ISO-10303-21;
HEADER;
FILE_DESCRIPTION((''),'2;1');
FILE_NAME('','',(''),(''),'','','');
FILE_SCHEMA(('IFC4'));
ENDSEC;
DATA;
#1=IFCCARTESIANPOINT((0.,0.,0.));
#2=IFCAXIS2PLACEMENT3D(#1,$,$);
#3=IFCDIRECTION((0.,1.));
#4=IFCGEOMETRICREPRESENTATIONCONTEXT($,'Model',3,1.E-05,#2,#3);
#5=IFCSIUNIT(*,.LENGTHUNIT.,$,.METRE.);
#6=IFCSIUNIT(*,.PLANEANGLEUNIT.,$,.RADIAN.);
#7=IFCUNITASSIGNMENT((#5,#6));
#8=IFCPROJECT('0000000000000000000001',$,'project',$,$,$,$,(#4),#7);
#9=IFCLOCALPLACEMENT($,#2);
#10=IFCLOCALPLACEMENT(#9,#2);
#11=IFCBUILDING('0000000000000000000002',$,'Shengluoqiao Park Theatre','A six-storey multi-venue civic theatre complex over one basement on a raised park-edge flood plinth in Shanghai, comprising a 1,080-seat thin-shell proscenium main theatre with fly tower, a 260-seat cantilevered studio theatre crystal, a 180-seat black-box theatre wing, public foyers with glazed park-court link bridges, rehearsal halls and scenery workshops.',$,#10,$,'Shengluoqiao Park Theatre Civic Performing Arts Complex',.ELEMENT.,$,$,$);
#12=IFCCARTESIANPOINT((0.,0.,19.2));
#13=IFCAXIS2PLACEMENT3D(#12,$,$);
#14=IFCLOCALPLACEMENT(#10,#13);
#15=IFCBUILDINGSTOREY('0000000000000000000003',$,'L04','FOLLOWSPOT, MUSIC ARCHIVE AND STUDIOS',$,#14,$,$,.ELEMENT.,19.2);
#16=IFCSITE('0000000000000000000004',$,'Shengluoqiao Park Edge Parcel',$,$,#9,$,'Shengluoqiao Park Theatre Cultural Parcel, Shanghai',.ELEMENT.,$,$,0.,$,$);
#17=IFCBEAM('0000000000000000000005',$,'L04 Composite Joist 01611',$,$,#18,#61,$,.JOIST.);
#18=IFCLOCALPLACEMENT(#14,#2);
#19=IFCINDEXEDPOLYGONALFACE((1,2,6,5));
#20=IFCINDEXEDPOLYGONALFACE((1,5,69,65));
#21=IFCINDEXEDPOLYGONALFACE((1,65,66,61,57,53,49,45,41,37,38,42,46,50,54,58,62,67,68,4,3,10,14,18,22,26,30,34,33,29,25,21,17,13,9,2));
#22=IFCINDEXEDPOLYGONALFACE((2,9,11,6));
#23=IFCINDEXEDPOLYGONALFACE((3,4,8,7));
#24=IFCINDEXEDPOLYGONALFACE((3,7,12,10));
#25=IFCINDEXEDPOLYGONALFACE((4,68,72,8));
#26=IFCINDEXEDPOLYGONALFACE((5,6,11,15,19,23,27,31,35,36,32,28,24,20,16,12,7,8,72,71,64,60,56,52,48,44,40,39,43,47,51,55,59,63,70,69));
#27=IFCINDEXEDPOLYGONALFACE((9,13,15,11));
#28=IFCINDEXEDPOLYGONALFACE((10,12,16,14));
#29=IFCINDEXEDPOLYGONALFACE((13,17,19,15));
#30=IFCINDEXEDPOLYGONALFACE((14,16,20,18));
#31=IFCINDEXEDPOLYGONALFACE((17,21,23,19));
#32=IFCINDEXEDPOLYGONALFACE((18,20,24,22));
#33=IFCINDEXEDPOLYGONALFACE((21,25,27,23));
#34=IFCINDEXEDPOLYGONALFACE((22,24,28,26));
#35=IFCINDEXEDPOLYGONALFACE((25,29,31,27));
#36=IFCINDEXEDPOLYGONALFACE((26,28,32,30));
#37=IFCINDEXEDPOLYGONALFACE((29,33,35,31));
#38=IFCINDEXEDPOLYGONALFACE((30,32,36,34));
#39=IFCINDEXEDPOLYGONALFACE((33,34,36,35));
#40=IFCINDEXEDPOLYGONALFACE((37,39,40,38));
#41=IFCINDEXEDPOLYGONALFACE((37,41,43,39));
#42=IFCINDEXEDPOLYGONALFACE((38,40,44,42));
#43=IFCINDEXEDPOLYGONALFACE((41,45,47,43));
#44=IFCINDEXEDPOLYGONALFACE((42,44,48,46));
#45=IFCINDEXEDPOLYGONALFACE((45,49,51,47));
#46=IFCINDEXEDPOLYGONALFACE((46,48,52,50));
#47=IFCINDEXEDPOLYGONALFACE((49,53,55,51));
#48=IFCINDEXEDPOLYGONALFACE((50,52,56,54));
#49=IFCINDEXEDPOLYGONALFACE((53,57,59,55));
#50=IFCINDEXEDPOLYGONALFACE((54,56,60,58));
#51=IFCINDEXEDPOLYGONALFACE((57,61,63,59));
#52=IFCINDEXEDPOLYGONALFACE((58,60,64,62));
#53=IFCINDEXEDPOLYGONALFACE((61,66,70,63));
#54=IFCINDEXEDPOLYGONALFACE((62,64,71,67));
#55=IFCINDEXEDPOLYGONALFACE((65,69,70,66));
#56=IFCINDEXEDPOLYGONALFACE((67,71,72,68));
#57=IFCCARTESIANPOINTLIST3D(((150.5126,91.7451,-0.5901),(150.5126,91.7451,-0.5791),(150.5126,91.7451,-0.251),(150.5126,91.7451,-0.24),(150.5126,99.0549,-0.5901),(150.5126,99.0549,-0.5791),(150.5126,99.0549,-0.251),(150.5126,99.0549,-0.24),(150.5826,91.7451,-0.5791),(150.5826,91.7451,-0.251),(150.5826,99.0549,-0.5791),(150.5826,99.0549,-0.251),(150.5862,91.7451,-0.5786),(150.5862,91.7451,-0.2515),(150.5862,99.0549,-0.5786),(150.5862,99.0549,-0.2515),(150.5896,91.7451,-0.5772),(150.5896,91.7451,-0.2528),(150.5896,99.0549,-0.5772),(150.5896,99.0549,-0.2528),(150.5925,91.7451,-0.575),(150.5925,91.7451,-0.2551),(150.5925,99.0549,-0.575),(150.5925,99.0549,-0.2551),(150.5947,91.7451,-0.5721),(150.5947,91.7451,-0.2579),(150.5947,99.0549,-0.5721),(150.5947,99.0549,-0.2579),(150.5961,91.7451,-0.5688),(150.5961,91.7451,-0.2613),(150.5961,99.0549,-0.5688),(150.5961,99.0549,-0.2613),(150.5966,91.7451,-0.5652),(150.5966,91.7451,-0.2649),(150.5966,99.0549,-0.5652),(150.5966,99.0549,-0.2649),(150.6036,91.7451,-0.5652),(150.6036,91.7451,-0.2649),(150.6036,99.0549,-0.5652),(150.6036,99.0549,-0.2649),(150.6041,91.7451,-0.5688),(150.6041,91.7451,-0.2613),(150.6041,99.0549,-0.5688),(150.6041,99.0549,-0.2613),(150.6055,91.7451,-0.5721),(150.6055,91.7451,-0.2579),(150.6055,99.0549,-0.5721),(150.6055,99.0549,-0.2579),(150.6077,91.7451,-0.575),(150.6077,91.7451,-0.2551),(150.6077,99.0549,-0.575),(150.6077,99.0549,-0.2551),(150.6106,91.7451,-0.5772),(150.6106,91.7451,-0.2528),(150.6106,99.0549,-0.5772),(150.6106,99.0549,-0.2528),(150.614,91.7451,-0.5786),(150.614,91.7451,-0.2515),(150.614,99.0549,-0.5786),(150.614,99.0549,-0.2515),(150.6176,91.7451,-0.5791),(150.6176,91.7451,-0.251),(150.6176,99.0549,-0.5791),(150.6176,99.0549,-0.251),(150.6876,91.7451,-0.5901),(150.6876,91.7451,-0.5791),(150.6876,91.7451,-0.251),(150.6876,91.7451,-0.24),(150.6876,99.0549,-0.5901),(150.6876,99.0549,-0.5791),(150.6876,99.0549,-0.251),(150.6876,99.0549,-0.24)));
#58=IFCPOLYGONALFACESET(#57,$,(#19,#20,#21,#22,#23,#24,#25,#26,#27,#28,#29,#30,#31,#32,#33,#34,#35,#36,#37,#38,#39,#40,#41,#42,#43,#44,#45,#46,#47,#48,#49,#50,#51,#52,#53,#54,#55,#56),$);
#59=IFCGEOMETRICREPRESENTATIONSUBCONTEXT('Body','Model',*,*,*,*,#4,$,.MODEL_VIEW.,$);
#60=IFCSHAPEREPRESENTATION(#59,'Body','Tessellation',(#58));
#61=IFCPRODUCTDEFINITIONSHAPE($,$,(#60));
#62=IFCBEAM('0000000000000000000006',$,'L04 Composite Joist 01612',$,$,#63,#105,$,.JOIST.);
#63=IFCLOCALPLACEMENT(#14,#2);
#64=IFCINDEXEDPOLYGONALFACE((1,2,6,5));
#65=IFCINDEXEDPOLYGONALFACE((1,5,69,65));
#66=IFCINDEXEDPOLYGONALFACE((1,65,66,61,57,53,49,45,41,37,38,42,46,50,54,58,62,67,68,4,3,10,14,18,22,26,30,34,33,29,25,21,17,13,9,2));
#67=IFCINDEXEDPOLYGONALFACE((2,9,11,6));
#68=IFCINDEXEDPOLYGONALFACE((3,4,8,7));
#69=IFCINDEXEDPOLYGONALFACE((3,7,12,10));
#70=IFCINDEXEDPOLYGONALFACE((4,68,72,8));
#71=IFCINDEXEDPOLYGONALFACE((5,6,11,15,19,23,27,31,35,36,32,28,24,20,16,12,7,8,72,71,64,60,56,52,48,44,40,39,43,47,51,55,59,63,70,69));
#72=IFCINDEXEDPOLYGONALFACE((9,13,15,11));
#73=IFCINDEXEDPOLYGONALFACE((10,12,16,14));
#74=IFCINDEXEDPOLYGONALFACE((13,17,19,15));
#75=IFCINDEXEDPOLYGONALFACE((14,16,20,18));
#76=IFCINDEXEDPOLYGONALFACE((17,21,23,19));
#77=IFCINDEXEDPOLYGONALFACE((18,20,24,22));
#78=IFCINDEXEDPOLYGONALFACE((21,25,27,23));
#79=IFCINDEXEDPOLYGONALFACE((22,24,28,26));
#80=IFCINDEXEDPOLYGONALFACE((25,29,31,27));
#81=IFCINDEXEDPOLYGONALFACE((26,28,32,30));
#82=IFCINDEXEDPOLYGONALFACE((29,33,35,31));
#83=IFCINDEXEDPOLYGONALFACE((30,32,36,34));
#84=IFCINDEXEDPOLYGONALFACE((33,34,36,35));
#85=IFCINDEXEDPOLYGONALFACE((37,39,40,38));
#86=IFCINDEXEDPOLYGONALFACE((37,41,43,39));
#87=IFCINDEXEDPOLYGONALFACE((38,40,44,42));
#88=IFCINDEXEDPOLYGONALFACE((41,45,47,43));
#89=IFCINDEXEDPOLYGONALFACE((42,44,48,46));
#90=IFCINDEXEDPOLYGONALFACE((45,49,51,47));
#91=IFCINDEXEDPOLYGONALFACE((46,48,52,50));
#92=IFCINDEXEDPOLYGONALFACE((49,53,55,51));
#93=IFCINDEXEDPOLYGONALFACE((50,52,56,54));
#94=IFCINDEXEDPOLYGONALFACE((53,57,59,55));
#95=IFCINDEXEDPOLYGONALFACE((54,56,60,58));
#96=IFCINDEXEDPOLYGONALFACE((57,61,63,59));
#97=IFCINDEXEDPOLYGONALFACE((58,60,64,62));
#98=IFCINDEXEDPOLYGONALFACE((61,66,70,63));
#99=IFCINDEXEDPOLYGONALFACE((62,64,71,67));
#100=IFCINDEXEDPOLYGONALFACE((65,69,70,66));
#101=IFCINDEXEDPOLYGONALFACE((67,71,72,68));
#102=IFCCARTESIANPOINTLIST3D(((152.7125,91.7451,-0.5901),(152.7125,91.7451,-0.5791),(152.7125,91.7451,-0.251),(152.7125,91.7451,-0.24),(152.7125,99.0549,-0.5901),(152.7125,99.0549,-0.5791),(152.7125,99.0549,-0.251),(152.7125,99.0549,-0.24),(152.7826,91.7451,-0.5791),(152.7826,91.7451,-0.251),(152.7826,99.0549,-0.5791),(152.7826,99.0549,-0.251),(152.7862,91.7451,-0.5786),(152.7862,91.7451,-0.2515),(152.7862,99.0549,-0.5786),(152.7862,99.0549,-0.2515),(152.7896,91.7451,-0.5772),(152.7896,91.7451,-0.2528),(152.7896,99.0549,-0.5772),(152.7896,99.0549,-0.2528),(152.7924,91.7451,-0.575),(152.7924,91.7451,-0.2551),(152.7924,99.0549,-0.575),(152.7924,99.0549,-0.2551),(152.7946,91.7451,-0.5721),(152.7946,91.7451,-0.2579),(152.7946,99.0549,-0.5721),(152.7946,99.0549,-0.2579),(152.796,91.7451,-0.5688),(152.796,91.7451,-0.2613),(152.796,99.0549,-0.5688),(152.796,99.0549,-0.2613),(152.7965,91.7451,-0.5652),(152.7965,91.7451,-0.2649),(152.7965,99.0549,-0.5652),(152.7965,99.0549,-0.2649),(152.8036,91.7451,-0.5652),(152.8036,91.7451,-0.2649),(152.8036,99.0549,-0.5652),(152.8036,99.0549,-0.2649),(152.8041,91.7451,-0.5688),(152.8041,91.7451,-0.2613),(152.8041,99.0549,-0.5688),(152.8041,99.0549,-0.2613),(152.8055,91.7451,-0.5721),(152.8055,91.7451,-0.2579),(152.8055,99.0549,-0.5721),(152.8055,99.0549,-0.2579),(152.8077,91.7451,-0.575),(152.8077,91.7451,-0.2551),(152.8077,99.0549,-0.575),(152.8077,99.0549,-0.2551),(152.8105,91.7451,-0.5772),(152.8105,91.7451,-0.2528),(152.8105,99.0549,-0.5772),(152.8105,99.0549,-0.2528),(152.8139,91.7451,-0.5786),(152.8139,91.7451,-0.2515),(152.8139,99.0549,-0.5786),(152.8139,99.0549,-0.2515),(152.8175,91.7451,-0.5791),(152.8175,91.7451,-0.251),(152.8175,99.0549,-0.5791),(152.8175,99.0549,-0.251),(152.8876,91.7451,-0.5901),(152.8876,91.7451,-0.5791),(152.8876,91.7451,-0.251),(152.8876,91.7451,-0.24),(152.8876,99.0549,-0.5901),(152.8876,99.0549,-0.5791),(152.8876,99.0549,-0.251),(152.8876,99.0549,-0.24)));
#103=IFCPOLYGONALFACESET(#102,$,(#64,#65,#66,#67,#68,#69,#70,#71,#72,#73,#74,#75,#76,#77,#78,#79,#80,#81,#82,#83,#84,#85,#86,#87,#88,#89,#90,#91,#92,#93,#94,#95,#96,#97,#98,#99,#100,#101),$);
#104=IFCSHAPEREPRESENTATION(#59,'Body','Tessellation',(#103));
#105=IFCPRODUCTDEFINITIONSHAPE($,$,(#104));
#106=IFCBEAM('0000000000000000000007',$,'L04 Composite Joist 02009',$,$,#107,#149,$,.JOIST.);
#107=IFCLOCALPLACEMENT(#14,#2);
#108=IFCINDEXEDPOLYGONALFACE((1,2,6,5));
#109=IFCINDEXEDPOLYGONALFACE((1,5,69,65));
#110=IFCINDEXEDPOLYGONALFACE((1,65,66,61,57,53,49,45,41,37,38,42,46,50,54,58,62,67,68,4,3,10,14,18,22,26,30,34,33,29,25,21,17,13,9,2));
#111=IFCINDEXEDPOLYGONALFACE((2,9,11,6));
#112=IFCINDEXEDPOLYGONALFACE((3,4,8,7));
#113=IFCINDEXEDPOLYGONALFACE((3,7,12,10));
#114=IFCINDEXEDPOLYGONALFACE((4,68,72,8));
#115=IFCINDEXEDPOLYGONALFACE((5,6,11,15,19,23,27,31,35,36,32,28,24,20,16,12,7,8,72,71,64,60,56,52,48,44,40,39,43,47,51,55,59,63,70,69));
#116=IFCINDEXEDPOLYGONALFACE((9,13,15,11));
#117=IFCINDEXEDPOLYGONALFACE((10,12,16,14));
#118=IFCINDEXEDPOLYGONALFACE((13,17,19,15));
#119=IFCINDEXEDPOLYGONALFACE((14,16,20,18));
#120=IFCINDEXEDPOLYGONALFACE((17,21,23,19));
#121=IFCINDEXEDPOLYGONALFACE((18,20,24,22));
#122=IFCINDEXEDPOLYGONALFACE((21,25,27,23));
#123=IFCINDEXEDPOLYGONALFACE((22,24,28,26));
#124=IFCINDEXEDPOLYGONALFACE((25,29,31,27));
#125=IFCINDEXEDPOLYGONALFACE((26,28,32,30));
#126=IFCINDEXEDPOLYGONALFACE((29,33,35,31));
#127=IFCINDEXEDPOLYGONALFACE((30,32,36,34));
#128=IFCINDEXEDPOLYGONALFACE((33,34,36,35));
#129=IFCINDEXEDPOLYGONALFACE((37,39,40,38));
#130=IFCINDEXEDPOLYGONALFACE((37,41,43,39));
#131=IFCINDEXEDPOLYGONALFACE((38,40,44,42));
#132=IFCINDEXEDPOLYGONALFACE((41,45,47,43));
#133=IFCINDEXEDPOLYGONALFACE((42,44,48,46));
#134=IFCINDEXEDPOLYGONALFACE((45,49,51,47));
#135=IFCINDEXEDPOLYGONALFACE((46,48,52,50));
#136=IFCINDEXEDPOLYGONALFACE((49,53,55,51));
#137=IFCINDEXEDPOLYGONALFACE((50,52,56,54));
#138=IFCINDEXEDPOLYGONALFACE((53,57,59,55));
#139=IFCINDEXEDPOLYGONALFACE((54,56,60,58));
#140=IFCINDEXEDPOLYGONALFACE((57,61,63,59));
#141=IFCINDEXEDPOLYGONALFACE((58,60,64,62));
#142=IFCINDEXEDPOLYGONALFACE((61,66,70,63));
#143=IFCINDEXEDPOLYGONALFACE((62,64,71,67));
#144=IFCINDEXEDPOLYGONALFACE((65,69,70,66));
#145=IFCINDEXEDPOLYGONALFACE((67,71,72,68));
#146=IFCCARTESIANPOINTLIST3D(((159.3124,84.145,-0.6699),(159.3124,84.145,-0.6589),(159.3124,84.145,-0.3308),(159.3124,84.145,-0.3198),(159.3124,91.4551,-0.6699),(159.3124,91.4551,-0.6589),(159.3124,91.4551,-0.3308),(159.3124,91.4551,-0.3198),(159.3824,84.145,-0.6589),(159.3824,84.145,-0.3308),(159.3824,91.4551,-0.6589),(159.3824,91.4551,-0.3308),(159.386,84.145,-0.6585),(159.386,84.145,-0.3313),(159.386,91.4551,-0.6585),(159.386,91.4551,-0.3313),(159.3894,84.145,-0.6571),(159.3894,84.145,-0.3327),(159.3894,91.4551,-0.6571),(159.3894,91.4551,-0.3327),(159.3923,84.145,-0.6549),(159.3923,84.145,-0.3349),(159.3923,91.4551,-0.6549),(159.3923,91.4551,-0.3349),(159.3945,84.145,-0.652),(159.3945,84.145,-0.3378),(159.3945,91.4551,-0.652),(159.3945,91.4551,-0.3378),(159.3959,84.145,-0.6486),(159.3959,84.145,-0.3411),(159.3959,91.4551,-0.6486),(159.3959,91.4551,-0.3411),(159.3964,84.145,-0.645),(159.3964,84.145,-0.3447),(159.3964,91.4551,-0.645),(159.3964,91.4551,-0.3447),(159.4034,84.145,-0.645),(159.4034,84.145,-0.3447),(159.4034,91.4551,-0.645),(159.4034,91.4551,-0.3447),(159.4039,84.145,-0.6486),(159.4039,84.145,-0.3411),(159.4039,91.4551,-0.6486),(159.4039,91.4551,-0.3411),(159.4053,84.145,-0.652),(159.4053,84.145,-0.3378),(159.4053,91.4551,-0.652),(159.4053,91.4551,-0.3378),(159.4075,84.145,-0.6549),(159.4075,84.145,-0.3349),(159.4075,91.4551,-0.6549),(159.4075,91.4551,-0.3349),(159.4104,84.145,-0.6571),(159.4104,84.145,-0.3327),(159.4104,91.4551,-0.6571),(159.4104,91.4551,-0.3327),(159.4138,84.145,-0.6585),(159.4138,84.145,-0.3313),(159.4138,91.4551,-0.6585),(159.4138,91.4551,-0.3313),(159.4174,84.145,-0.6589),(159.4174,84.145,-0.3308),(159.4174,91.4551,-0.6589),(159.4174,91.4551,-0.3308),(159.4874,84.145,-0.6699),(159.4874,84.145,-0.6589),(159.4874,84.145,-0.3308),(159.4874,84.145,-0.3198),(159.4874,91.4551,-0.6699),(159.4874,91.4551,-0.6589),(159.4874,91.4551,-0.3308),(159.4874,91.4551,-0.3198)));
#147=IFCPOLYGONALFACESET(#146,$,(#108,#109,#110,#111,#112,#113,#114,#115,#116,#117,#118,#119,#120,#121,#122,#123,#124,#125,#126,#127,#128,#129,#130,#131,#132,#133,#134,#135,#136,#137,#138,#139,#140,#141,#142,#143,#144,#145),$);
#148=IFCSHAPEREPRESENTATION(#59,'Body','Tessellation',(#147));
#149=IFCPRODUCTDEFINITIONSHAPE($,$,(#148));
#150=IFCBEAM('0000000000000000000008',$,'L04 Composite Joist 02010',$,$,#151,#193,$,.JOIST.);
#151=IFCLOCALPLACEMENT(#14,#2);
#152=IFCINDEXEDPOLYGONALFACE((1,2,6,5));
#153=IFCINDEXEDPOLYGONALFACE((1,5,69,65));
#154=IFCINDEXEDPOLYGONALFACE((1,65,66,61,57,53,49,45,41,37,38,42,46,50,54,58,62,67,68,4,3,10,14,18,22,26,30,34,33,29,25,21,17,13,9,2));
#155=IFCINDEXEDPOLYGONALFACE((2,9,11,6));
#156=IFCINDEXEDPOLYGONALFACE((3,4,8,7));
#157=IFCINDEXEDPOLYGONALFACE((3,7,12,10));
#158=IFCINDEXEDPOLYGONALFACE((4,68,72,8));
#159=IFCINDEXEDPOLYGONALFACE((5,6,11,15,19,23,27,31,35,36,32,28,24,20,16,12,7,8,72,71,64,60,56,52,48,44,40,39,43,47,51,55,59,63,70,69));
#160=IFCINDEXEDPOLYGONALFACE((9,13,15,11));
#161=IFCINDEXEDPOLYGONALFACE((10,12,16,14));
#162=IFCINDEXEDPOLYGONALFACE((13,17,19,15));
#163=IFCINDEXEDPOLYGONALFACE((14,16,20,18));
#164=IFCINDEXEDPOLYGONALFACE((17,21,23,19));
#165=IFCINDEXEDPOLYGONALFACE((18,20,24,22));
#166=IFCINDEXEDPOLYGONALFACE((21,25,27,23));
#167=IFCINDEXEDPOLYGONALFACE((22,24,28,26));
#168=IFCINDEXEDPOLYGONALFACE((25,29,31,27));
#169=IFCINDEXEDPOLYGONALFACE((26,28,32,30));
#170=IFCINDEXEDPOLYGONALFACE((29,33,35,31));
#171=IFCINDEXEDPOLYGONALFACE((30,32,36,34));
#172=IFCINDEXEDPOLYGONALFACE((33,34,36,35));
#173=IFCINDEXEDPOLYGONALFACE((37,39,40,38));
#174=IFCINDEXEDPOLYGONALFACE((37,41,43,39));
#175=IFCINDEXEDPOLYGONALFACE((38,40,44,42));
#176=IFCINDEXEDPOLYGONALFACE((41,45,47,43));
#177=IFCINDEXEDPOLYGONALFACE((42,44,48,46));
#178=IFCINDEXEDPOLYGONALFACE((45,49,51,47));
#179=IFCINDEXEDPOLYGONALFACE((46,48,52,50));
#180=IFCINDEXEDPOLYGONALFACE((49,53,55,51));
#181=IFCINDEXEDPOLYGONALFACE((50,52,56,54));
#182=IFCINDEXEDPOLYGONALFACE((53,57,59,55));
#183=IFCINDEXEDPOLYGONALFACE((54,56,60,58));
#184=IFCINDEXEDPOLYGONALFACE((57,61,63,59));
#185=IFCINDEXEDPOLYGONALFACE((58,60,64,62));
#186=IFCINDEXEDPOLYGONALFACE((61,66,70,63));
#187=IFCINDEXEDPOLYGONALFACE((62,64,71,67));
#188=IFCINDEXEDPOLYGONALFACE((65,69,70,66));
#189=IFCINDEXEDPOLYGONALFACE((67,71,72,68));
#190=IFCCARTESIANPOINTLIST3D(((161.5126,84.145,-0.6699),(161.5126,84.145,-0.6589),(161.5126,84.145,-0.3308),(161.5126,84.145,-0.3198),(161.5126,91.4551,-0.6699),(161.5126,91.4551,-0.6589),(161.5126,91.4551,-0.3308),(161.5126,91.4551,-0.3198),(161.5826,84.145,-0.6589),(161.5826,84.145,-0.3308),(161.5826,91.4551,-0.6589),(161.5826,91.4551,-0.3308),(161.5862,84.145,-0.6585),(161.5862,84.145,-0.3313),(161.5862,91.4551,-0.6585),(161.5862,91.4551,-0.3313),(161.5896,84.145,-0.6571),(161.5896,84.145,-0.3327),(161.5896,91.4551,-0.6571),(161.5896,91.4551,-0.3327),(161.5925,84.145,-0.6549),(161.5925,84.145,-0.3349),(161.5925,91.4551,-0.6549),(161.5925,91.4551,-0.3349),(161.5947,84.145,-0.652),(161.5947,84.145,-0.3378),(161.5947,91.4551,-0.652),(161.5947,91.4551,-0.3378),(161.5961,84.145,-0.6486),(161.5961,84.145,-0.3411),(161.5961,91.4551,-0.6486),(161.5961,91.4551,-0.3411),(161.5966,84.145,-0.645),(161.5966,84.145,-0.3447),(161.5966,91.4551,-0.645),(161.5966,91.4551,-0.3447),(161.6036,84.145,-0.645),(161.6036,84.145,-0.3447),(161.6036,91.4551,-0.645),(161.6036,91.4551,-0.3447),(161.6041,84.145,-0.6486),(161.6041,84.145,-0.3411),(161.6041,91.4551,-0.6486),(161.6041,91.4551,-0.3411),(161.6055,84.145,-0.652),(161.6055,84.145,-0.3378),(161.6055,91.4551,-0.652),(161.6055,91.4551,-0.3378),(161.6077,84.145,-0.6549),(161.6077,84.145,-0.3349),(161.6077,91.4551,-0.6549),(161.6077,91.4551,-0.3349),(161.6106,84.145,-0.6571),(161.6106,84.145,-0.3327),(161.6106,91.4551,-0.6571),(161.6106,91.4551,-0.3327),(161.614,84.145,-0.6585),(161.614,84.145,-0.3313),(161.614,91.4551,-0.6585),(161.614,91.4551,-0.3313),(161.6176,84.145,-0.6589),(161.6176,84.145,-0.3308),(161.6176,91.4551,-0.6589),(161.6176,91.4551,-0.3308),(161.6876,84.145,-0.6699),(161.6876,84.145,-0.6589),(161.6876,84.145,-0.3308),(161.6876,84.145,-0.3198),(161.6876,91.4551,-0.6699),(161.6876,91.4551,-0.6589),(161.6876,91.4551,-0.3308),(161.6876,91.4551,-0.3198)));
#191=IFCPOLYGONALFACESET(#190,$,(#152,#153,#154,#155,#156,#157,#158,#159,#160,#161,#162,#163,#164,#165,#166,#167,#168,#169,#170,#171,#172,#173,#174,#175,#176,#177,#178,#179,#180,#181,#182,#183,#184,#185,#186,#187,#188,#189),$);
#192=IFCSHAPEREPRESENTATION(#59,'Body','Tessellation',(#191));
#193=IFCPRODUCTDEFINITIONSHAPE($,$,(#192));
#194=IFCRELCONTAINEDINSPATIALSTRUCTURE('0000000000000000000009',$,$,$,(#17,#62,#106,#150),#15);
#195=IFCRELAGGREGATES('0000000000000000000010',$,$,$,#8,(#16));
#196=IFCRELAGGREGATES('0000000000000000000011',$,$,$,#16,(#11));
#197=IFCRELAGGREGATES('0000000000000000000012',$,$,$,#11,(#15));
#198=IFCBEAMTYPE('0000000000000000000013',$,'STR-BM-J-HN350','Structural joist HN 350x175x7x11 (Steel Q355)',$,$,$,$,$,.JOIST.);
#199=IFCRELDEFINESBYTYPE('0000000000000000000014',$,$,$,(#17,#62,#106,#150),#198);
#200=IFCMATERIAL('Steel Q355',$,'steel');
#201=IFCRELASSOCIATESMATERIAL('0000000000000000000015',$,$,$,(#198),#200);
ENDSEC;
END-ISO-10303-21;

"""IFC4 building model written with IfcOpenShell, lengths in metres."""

from ifc_helpers import new_model, si_unit, direction, frame, origin, origin_2d, place, context, subcontext, project, spatial, i_section, extrude, material, material_profile, profile_set, type_object, element, save


model = new_model("IFC4")

# Units and contexts
model_context = context("Model", 3, precision=1e-05, world=origin(), true_north=direction((0.0, 1.0)))
body_context = subcontext(model_context, "Body", "Model", "MODEL_VIEW")
ifc_project = project(units=[si_unit("LENGTHUNIT", "METRE"), si_unit("PLANEANGLEUNIT", "RADIAN")], contexts=[model_context])

# Site, building, storey
site_placement = place(None, origin())
site = spatial("IfcSite", under=ifc_project, at=site_placement, Name="Shengluoqiao Park Edge Parcel", LongName="Shengluoqiao Park Theatre Cultural Parcel, Shanghai", CompositionType="ELEMENT", RefElevation=0.0)
building_placement = place(site_placement, origin())
building = spatial("IfcBuilding", under=site, at=building_placement, Name="Shengluoqiao Park Theatre", Description="A six-storey multi-venue civic theatre complex over one basement on a raised park-edge flood plinth in Shanghai, comprising a 1,080-seat thin-shell proscenium main theatre with fly tower, a 260-seat cantilevered studio theatre crystal, a 180-seat black-box theatre wing, public foyers with glazed park-court link bridges, rehearsal halls and scenery workshops.", LongName="Shengluoqiao Park Theatre Civic Performing Arts Complex", CompositionType="ELEMENT")
storey_placement = place(building_placement, frame((0.0, 0.0, 19.2)))
storey = spatial("IfcBuildingStorey", under=building, at=storey_placement, Name="L04", Description="FOLLOWSPOT, MUSIC ARCHIVE AND STUDIOS", CompositionType="ELEMENT", Elevation=19.2)

# Shared definitions
ifc_material_1 = material(Name="Steel Q355", Category="steel")

# Beams
ifc_material_profile_1 = material_profile(ifc_material_1, i_section(OverallWidth=0.175, OverallDepth=0.3501, WebThickness=0.0071, FlangeThickness=0.011, FilletRadius=0.0139, at=origin_2d()), Name="HN 350x175x7x11")
ifc_profile_set_1 = profile_set([ifc_material_profile_1], Name="Steel Q355")
beam_type_1 = type_object("IfcBeamType", Name="STR-BM-J-HN350", Description="Structural joist HN 350x175x7x11 (Steel Q355)", PredefinedType="JOIST", material=ifc_profile_set_1)
for number, where, z_axis, x_axis, name in (
    (1, (150.6001, 91.7451, -0.415), (0.0, 1.0, 0.0), (-1.0, 0.0, 0.0), "L04 Composite Joist 01611"),
    (2, (152.8, 91.7451, -0.415), (0.0, 1.0, 0.0), (-1.0, 0.0, 0.0), "L04 Composite Joist 01612"),
):
    element("IfcBeam", number, at=place(storey_placement, frame(where, z_axis=z_axis, x_axis=x_axis)), inside=storey, type_object=beam_type_1, Name=name, PredefinedType="JOIST", context=body_context, shape_type="SweptSolid", body=[
        extrude(i_section(OverallWidth=0.175, OverallDepth=0.3501, WebThickness=0.0071, FlangeThickness=0.011, FilletRadius=0.0139, at=origin_2d()), origin(), (0.0, 0.0, 1.0), 7.3098),
    ])
for number, where, z_axis, x_axis, name in (
    (3, (159.3999, 84.145, -0.4949), (0.0, 1.0, 0.0), (-1.0, 0.0, 0.0), "L04 Composite Joist 02009"),
    (4, (161.6001, 84.145, -0.4949), (0.0, 1.0, 0.0), (-1.0, 0.0, 0.0), "L04 Composite Joist 02010"),
):
    element("IfcBeam", number, at=place(storey_placement, frame(where, z_axis=z_axis, x_axis=x_axis)), inside=storey, type_object=beam_type_1, Name=name, PredefinedType="JOIST", context=body_context, shape_type="SweptSolid", body=[
        extrude(i_section(OverallWidth=0.175, OverallDepth=0.3501, WebThickness=0.0071, FlangeThickness=0.011, FilletRadius=0.0139, at=origin_2d()), origin(), (0.0, 0.0, 1.0), 7.3101),
    ])

save(model, "model.ifc")
